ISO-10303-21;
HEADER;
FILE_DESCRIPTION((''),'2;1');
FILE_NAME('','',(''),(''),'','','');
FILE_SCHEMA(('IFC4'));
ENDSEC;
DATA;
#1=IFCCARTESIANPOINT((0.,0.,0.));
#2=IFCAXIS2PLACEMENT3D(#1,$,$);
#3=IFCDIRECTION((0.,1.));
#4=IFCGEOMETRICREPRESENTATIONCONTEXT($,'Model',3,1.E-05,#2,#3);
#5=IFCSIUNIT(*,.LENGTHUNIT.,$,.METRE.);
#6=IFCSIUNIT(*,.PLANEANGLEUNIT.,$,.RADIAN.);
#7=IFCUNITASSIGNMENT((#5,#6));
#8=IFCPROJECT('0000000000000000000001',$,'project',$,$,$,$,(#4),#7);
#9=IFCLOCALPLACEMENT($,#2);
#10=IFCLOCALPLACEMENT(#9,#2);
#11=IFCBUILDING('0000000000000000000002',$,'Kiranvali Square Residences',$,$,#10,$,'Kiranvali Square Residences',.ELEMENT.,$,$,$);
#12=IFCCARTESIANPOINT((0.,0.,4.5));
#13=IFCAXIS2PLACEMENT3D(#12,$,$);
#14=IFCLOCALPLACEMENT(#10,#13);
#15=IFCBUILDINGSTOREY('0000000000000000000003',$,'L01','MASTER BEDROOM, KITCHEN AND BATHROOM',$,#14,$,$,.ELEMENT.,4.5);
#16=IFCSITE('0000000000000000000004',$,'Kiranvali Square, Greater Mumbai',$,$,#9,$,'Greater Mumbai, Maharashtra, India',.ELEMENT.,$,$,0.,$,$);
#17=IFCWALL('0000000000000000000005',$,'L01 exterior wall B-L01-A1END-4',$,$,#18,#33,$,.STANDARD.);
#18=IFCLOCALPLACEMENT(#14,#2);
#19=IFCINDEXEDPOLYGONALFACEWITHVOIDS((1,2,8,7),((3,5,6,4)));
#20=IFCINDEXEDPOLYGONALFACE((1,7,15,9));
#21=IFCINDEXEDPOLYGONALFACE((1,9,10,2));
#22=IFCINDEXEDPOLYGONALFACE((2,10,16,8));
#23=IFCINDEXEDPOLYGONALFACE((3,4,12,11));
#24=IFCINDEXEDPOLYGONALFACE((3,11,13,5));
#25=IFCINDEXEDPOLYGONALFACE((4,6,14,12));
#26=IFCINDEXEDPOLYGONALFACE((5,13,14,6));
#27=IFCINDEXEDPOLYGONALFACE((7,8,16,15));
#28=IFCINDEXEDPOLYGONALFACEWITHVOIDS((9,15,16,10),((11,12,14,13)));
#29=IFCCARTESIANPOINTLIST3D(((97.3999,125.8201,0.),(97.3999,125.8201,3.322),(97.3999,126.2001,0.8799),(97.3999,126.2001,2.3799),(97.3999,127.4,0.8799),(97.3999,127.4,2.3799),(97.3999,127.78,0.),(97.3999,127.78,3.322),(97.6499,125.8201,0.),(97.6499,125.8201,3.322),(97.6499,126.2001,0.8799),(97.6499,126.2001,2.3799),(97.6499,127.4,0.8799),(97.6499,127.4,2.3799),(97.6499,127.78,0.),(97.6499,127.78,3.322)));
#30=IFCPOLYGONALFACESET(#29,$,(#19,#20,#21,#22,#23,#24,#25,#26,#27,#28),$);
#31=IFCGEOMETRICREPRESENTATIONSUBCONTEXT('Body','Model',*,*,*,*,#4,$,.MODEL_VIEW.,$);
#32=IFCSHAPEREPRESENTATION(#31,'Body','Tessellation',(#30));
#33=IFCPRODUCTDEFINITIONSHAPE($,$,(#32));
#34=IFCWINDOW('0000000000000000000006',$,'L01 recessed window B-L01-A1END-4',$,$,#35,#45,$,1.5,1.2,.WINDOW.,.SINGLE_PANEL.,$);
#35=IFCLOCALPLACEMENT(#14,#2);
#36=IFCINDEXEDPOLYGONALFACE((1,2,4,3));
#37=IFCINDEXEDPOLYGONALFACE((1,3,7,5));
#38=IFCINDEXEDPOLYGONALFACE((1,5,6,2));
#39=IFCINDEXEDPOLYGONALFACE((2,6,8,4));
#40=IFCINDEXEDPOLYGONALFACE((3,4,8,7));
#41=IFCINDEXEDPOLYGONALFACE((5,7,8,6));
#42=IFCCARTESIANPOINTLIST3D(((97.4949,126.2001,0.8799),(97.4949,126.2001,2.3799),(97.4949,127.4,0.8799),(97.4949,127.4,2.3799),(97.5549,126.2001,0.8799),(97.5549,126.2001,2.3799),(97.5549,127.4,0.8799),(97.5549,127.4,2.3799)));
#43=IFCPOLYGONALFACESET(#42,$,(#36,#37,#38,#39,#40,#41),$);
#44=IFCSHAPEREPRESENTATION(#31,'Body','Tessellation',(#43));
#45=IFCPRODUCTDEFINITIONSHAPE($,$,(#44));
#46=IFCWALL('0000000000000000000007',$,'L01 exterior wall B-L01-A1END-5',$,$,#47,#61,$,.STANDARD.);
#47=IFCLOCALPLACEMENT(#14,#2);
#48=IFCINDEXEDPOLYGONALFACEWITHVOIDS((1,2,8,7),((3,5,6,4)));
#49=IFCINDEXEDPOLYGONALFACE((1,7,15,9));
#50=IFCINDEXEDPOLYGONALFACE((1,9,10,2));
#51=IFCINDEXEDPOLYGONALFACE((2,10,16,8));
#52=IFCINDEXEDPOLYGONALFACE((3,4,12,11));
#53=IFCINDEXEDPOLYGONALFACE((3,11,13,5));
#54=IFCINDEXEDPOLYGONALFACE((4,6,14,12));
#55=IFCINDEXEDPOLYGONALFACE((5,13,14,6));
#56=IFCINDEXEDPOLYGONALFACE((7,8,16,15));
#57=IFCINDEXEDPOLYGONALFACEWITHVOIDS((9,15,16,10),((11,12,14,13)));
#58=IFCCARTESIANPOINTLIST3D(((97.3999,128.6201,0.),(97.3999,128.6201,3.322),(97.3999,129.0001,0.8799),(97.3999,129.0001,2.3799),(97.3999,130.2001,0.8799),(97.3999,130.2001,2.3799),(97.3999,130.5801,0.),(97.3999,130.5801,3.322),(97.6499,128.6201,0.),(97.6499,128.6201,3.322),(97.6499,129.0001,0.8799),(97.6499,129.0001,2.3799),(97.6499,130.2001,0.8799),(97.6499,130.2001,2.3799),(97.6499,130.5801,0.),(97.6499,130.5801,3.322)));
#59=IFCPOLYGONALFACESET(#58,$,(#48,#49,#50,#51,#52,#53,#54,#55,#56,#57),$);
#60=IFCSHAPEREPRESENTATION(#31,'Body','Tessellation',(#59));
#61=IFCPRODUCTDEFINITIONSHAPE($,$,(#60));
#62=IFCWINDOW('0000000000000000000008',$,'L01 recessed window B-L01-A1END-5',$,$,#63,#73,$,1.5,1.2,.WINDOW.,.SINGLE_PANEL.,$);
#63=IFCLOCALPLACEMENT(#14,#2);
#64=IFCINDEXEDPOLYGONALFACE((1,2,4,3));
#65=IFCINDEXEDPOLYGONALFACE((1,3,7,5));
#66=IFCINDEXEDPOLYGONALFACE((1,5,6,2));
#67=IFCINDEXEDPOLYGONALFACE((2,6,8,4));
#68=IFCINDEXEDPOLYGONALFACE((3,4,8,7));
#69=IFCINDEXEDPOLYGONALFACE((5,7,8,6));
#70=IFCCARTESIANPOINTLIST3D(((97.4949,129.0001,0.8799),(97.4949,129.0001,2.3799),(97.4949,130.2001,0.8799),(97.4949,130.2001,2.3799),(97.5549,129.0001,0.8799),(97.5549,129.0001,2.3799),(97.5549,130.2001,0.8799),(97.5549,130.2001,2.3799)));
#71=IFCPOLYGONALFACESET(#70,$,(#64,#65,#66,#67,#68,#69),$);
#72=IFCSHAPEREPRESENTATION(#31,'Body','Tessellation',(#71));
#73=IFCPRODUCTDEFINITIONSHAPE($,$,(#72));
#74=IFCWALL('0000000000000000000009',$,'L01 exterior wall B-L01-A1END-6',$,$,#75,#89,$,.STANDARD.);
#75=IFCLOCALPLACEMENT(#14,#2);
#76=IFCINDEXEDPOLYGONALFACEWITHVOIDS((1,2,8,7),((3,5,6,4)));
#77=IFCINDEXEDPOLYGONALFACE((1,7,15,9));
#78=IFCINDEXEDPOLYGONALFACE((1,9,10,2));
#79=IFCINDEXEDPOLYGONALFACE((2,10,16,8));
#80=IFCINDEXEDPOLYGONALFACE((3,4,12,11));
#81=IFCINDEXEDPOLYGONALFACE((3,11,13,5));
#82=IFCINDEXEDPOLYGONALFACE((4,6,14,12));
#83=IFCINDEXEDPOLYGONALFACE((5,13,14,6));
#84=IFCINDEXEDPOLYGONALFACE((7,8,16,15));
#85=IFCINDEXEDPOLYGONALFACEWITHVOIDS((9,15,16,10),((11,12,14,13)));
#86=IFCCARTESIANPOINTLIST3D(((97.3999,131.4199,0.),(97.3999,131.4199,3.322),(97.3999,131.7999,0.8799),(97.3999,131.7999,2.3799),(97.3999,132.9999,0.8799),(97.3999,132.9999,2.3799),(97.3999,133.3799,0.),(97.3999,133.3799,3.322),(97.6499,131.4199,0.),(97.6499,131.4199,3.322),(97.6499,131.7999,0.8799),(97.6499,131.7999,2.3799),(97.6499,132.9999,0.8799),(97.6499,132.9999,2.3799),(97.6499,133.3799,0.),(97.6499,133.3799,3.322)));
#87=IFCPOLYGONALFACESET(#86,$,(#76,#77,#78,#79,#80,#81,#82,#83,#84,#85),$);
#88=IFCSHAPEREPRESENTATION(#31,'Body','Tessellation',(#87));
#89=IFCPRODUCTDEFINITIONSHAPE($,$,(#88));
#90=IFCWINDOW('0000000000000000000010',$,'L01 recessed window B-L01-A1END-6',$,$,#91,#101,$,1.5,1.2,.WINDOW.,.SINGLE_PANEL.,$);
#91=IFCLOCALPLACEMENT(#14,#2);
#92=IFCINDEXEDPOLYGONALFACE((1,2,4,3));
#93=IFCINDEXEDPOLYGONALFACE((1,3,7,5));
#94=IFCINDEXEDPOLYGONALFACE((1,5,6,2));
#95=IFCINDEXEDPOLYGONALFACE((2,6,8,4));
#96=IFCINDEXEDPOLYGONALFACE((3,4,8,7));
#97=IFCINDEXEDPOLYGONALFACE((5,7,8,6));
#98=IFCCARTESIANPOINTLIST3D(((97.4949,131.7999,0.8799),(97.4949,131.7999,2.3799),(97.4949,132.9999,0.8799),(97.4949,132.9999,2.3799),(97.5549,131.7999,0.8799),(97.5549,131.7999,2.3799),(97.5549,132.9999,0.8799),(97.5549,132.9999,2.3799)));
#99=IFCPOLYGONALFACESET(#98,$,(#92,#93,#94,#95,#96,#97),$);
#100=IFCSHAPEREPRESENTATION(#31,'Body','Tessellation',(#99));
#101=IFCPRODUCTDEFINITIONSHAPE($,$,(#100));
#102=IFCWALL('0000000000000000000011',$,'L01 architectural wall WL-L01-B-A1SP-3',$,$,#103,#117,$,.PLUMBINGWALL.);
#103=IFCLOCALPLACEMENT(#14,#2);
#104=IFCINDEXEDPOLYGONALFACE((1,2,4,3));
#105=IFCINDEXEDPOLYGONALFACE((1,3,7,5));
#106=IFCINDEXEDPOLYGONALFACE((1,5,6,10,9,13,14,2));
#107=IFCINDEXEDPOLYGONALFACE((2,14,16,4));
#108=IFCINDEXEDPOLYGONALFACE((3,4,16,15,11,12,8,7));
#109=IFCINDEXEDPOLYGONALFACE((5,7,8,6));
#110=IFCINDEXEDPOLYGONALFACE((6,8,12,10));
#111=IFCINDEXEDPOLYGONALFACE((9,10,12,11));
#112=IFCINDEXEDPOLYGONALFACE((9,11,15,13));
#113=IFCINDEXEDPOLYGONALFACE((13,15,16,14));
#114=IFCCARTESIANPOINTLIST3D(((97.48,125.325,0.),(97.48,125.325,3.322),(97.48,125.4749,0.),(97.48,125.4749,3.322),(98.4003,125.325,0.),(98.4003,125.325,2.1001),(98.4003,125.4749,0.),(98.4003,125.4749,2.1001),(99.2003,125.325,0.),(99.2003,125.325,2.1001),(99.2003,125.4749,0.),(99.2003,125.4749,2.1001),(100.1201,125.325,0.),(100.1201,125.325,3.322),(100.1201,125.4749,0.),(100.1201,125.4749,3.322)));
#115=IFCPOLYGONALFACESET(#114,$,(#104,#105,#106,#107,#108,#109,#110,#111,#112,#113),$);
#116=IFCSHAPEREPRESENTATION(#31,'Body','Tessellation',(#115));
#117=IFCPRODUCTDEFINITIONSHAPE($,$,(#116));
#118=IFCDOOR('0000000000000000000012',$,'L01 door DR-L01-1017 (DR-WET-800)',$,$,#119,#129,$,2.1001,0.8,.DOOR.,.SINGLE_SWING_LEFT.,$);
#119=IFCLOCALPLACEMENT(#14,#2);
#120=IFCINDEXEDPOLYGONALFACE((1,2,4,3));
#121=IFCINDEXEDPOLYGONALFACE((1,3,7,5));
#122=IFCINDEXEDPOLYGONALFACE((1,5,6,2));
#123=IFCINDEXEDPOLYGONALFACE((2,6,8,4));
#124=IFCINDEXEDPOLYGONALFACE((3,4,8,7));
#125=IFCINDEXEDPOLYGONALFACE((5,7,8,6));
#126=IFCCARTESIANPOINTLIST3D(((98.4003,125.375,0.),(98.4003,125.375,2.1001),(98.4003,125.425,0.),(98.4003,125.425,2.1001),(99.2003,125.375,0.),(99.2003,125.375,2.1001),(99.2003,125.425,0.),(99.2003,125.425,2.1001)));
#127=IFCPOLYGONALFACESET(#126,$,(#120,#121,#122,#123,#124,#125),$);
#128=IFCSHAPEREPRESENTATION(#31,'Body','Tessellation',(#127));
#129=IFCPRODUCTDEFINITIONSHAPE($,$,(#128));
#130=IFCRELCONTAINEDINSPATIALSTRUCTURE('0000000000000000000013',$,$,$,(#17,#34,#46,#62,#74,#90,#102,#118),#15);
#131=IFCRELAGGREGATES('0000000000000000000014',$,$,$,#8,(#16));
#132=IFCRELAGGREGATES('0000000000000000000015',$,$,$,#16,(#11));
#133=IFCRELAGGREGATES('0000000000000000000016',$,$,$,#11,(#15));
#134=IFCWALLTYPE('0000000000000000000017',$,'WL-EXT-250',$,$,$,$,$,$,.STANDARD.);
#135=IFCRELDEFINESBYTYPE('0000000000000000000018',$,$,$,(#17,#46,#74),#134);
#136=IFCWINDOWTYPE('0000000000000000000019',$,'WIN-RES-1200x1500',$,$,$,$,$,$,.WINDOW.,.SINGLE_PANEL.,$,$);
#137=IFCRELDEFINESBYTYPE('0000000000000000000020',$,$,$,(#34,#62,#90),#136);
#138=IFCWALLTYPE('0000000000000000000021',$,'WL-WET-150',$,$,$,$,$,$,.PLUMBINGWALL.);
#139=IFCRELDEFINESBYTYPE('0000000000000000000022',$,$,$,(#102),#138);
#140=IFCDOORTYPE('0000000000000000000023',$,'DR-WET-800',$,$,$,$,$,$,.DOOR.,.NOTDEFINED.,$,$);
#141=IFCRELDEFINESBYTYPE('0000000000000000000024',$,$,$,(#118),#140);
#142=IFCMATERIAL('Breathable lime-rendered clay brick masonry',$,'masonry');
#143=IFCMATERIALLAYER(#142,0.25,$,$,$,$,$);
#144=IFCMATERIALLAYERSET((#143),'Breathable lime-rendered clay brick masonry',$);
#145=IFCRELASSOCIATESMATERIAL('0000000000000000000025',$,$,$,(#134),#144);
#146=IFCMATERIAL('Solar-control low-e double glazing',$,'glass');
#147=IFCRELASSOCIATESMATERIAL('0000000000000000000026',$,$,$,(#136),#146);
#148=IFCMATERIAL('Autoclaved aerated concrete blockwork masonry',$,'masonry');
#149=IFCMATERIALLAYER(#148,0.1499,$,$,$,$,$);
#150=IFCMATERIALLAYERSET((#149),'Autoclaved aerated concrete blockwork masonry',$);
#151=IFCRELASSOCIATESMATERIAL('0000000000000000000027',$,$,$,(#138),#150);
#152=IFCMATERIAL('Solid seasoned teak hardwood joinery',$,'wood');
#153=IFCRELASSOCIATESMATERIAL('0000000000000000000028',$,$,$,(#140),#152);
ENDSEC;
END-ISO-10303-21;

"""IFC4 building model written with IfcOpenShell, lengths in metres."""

from ifc_helpers import new_model, si_unit, direction, frame, frame_2d, origin, place, context, subcontext, project, spatial, rectangle, extrude, material, layer, layer_set, type_object, element, fill, save


model = new_model("IFC4")

# Units and contexts
model_context = context("Model", 3, precision=1e-05, world=origin(), true_north=direction((0.0, 1.0)))
body_context = subcontext(model_context, "Body", "Model", "MODEL_VIEW")
ifc_project = project(units=[si_unit("LENGTHUNIT", "METRE"), si_unit("PLANEANGLEUNIT", "RADIAN")], contexts=[model_context])

# Site, building, storey
site_placement = place(None, origin())
site = spatial("IfcSite", under=ifc_project, at=site_placement, Name="Kiranvali Square, Greater Mumbai", LongName="Greater Mumbai, Maharashtra, India", CompositionType="ELEMENT", RefElevation=0.0)
building_placement = place(site_placement, origin())
building = spatial("IfcBuilding", under=site, at=building_placement, Name="Kiranvali Square Residences", LongName="Kiranvali Square Residences", CompositionType="ELEMENT")
storey_placement = place(building_placement, frame((0.0, 0.0, 4.5)))
storey = spatial("IfcBuildingStorey", under=building, at=storey_placement, Name="L01", Description="MASTER BEDROOM, KITCHEN AND BATHROOM", CompositionType="ELEMENT", Elevation=4.5)

# Walls, openings, windows
ifc_material_1 = material(Name="Breathable lime-rendered clay brick masonry", Category="masonry")
ifc_layer_1 = layer(ifc_material_1, 0.25)
ifc_layer_set_1 = layer_set([ifc_layer_1], Name="Breathable lime-rendered clay brick masonry")
wall_type_1 = type_object("IfcWallType", Name="WL-EXT-250", PredefinedType="STANDARD", material=ifc_layer_set_1)
ifc_material_2 = material(Name="Solar-control low-e double glazing", Category="glass")
window_type_1 = type_object("IfcWindowType", Name="WIN-RES-1200x1500", PartitioningType="SINGLE_PANEL", PredefinedType="WINDOW", material=ifc_material_2)
wall_1_placement = place(storey_placement, frame((97.5249, 125.8201, 0.0), z_axis=(0.0, 0.0, 1.0), x_axis=(0.0, 1.0, 0.0)))
wall_1 = element("IfcWall", 1, at=wall_1_placement, inside=storey, type_object=wall_type_1, Name="L01 exterior wall B-L01-A1END-4", PredefinedType="STANDARD", context=body_context, shape_type="SweptSolid", body=[
    extrude(rectangle(XDim=1.96, YDim=0.25, at=frame_2d((0.98, 0.0))), origin(), (0.0, 0.0, 1.0), 3.322),
])
opening_1_placement = place(wall_1_placement, frame((0.3799, 0.0, 0.8799)))
opening_1 = element("IfcOpeningElement", 2, at=opening_1_placement, cuts=wall_1, PredefinedType="OPENING", context=body_context, shape_type="SweptSolid", body=[
    extrude(rectangle(XDim=1.2, YDim=1.5, at=frame_2d((0.6001, 0.75))), frame((0.0, 0.135, 0.0), z_axis=(0.0, -1.0, 0.0), x_axis=(1.0, 0.0, 0.0)), (0.0, 0.0, 1.0), 0.27),
])
window_1_placement = place(opening_1_placement, origin())
window_1 = element("IfcWindow", 3, at=window_1_placement, inside=storey, type_object=window_type_1, Name="L01 recessed window B-L01-A1END-4", OverallHeight=1.5, OverallWidth=1.2, PartitioningType="SINGLE_PANEL", PredefinedType="WINDOW", context=body_context, shape_type="SweptSolid", body=[
    extrude(rectangle(XDim=1.2, YDim=1.5, at=frame_2d((0.6001, 0.75))), frame((0.0, 0.03, 0.0), z_axis=(0.0, -1.0, 0.0), x_axis=(1.0, 0.0, 0.0)), (0.0, 0.0, 1.0), 0.0601),
])
fill(opening_1, window_1)
wall_2_placement = place(storey_placement, frame((97.5249, 128.6201, 0.0), z_axis=(0.0, 0.0, 1.0), x_axis=(0.0, 1.0, 0.0)))
wall_2 = element("IfcWall", 4, at=wall_2_placement, inside=storey, type_object=wall_type_1, Name="L01 exterior wall B-L01-A1END-5", PredefinedType="STANDARD", context=body_context, shape_type="SweptSolid", body=[
    extrude(rectangle(XDim=1.96, YDim=0.25, at=frame_2d((0.98, 0.0))), origin(), (0.0, 0.0, 1.0), 3.322),
])
opening_2_placement = place(wall_2_placement, frame((0.3799, 0.0, 0.8799)))
opening_2 = element("IfcOpeningElement", 5, at=opening_2_placement, cuts=wall_2, PredefinedType="OPENING", context=body_context, shape_type="SweptSolid", body=[
    extrude(rectangle(XDim=1.2, YDim=1.5, at=frame_2d((0.6001, 0.75))), frame((0.0, 0.135, 0.0), z_axis=(0.0, -1.0, 0.0), x_axis=(1.0, 0.0, 0.0)), (0.0, 0.0, 1.0), 0.27),
])
window_2_placement = place(opening_2_placement, origin())
window_2 = element("IfcWindow", 6, at=window_2_placement, inside=storey, type_object=window_type_1, Name="L01 recessed window B-L01-A1END-5", OverallHeight=1.5, OverallWidth=1.2, PartitioningType="SINGLE_PANEL", PredefinedType="WINDOW", context=body_context, shape_type="SweptSolid", body=[
    extrude(rectangle(XDim=1.2, YDim=1.5, at=frame_2d((0.6001, 0.75))), frame((0.0, 0.03, 0.0), z_axis=(0.0, -1.0, 0.0), x_axis=(1.0, 0.0, 0.0)), (0.0, 0.0, 1.0), 0.0601),
])
fill(opening_2, window_2)
wall_3_placement = place(storey_placement, frame((97.5249, 131.4199, 0.0), z_axis=(0.0, 0.0, 1.0), x_axis=(0.0, 1.0, 0.0)))
wall_3 = element("IfcWall", 7, at=wall_3_placement, inside=storey, type_object=wall_type_1, Name="L01 exterior wall B-L01-A1END-6", PredefinedType="STANDARD", context=body_context, shape_type="SweptSolid", body=[
    extrude(rectangle(XDim=1.96, YDim=0.25, at=frame_2d((0.98, 0.0))), origin(), (0.0, 0.0, 1.0), 3.322),
])
opening_3_placement = place(wall_3_placement, frame((0.3799, 0.0, 0.8799)))
opening_3 = element("IfcOpeningElement", 8, at=opening_3_placement, cuts=wall_3, PredefinedType="OPENING", context=body_context, shape_type="SweptSolid", body=[
    extrude(rectangle(XDim=1.2, YDim=1.5, at=frame_2d((0.6001, 0.75))), frame((0.0, 0.135, 0.0), z_axis=(0.0, -1.0, 0.0), x_axis=(1.0, 0.0, 0.0)), (0.0, 0.0, 1.0), 0.27),
])
window_3_placement = place(opening_3_placement, origin())
window_3 = element("IfcWindow", 9, at=window_3_placement, inside=storey, type_object=window_type_1, Name="L01 recessed window B-L01-A1END-6", OverallHeight=1.5, OverallWidth=1.2, PartitioningType="SINGLE_PANEL", PredefinedType="WINDOW", context=body_context, shape_type="SweptSolid", body=[
    extrude(rectangle(XDim=1.2, YDim=1.5, at=frame_2d((0.6001, 0.75))), frame((0.0, 0.03, 0.0), z_axis=(0.0, -1.0, 0.0), x_axis=(1.0, 0.0, 0.0)), (0.0, 0.0, 1.0), 0.0601),
])
fill(opening_3, window_3)

# Wall, opening, door
ifc_material_3 = material(Name="Autoclaved aerated concrete blockwork masonry", Category="masonry")
ifc_layer_2 = layer(ifc_material_3, 0.1499)
ifc_layer_set_2 = layer_set([ifc_layer_2], Name="Autoclaved aerated concrete blockwork masonry")
wall_type_2 = type_object("IfcWallType", Name="WL-WET-150", PredefinedType="PLUMBINGWALL", material=ifc_layer_set_2)
wall_4_placement = place(storey_placement, frame((100.1201, 125.3999, 0.0), z_axis=(0.0, 0.0, 1.0), x_axis=(-1.0, 0.0, 0.0)))
wall_4 = element("IfcWall", 10, at=wall_4_placement, inside=storey, type_object=wall_type_2, Name="L01 architectural wall WL-L01-B-A1SP-3", PredefinedType="PLUMBINGWALL", context=body_context, shape_type="SweptSolid", body=[
    extrude(rectangle(XDim=2.6401, YDim=0.1499, at=frame_2d((1.3201, 0.0))), origin(), (0.0, 0.0, 1.0), 3.322),
])
opening_4_placement = place(wall_4_placement, frame((0.9199, 0.0, 0.0)))
opening_4 = element("IfcOpeningElement", 11, at=opening_4_placement, cuts=wall_4, PredefinedType="OPENING", context=body_context, shape_type="SweptSolid", body=[
    extrude(rectangle(XDim=0.8, YDim=2.1001, at=frame_2d((0.3999, 1.05))), frame((0.0, 0.085, 0.0), z_axis=(0.0, -1.0, 0.0), x_axis=(1.0, 0.0, 0.0)), (0.0, 0.0, 1.0), 0.1699),
])
ifc_material_4 = material(Name="Solid seasoned teak hardwood joinery", Category="wood")
door_type = type_object("IfcDoorType", Name="DR-WET-800", OperationType="NOTDEFINED", PredefinedType="DOOR", material=ifc_material_4)
door_placement = place(opening_4_placement, origin())
door = element("IfcDoor", 12, at=door_placement, inside=storey, type_object=door_type, Name="L01 door DR-L01-1017 (DR-WET-800)", OperationType="SINGLE_SWING_LEFT", OverallHeight=2.1001, OverallWidth=0.8, PredefinedType="DOOR", context=body_context, shape_type="SweptSolid", body=[
    extrude(rectangle(XDim=0.8, YDim=2.1001, at=frame_2d((0.3999, 1.05))), frame((0.0, 0.0249, 0.0), z_axis=(0.0, -1.0, 0.0), x_axis=(1.0, 0.0, 0.0)), (0.0, 0.0, 1.0), 0.05),
])
fill(opening_4, door)

save(model, "model.ifc")
